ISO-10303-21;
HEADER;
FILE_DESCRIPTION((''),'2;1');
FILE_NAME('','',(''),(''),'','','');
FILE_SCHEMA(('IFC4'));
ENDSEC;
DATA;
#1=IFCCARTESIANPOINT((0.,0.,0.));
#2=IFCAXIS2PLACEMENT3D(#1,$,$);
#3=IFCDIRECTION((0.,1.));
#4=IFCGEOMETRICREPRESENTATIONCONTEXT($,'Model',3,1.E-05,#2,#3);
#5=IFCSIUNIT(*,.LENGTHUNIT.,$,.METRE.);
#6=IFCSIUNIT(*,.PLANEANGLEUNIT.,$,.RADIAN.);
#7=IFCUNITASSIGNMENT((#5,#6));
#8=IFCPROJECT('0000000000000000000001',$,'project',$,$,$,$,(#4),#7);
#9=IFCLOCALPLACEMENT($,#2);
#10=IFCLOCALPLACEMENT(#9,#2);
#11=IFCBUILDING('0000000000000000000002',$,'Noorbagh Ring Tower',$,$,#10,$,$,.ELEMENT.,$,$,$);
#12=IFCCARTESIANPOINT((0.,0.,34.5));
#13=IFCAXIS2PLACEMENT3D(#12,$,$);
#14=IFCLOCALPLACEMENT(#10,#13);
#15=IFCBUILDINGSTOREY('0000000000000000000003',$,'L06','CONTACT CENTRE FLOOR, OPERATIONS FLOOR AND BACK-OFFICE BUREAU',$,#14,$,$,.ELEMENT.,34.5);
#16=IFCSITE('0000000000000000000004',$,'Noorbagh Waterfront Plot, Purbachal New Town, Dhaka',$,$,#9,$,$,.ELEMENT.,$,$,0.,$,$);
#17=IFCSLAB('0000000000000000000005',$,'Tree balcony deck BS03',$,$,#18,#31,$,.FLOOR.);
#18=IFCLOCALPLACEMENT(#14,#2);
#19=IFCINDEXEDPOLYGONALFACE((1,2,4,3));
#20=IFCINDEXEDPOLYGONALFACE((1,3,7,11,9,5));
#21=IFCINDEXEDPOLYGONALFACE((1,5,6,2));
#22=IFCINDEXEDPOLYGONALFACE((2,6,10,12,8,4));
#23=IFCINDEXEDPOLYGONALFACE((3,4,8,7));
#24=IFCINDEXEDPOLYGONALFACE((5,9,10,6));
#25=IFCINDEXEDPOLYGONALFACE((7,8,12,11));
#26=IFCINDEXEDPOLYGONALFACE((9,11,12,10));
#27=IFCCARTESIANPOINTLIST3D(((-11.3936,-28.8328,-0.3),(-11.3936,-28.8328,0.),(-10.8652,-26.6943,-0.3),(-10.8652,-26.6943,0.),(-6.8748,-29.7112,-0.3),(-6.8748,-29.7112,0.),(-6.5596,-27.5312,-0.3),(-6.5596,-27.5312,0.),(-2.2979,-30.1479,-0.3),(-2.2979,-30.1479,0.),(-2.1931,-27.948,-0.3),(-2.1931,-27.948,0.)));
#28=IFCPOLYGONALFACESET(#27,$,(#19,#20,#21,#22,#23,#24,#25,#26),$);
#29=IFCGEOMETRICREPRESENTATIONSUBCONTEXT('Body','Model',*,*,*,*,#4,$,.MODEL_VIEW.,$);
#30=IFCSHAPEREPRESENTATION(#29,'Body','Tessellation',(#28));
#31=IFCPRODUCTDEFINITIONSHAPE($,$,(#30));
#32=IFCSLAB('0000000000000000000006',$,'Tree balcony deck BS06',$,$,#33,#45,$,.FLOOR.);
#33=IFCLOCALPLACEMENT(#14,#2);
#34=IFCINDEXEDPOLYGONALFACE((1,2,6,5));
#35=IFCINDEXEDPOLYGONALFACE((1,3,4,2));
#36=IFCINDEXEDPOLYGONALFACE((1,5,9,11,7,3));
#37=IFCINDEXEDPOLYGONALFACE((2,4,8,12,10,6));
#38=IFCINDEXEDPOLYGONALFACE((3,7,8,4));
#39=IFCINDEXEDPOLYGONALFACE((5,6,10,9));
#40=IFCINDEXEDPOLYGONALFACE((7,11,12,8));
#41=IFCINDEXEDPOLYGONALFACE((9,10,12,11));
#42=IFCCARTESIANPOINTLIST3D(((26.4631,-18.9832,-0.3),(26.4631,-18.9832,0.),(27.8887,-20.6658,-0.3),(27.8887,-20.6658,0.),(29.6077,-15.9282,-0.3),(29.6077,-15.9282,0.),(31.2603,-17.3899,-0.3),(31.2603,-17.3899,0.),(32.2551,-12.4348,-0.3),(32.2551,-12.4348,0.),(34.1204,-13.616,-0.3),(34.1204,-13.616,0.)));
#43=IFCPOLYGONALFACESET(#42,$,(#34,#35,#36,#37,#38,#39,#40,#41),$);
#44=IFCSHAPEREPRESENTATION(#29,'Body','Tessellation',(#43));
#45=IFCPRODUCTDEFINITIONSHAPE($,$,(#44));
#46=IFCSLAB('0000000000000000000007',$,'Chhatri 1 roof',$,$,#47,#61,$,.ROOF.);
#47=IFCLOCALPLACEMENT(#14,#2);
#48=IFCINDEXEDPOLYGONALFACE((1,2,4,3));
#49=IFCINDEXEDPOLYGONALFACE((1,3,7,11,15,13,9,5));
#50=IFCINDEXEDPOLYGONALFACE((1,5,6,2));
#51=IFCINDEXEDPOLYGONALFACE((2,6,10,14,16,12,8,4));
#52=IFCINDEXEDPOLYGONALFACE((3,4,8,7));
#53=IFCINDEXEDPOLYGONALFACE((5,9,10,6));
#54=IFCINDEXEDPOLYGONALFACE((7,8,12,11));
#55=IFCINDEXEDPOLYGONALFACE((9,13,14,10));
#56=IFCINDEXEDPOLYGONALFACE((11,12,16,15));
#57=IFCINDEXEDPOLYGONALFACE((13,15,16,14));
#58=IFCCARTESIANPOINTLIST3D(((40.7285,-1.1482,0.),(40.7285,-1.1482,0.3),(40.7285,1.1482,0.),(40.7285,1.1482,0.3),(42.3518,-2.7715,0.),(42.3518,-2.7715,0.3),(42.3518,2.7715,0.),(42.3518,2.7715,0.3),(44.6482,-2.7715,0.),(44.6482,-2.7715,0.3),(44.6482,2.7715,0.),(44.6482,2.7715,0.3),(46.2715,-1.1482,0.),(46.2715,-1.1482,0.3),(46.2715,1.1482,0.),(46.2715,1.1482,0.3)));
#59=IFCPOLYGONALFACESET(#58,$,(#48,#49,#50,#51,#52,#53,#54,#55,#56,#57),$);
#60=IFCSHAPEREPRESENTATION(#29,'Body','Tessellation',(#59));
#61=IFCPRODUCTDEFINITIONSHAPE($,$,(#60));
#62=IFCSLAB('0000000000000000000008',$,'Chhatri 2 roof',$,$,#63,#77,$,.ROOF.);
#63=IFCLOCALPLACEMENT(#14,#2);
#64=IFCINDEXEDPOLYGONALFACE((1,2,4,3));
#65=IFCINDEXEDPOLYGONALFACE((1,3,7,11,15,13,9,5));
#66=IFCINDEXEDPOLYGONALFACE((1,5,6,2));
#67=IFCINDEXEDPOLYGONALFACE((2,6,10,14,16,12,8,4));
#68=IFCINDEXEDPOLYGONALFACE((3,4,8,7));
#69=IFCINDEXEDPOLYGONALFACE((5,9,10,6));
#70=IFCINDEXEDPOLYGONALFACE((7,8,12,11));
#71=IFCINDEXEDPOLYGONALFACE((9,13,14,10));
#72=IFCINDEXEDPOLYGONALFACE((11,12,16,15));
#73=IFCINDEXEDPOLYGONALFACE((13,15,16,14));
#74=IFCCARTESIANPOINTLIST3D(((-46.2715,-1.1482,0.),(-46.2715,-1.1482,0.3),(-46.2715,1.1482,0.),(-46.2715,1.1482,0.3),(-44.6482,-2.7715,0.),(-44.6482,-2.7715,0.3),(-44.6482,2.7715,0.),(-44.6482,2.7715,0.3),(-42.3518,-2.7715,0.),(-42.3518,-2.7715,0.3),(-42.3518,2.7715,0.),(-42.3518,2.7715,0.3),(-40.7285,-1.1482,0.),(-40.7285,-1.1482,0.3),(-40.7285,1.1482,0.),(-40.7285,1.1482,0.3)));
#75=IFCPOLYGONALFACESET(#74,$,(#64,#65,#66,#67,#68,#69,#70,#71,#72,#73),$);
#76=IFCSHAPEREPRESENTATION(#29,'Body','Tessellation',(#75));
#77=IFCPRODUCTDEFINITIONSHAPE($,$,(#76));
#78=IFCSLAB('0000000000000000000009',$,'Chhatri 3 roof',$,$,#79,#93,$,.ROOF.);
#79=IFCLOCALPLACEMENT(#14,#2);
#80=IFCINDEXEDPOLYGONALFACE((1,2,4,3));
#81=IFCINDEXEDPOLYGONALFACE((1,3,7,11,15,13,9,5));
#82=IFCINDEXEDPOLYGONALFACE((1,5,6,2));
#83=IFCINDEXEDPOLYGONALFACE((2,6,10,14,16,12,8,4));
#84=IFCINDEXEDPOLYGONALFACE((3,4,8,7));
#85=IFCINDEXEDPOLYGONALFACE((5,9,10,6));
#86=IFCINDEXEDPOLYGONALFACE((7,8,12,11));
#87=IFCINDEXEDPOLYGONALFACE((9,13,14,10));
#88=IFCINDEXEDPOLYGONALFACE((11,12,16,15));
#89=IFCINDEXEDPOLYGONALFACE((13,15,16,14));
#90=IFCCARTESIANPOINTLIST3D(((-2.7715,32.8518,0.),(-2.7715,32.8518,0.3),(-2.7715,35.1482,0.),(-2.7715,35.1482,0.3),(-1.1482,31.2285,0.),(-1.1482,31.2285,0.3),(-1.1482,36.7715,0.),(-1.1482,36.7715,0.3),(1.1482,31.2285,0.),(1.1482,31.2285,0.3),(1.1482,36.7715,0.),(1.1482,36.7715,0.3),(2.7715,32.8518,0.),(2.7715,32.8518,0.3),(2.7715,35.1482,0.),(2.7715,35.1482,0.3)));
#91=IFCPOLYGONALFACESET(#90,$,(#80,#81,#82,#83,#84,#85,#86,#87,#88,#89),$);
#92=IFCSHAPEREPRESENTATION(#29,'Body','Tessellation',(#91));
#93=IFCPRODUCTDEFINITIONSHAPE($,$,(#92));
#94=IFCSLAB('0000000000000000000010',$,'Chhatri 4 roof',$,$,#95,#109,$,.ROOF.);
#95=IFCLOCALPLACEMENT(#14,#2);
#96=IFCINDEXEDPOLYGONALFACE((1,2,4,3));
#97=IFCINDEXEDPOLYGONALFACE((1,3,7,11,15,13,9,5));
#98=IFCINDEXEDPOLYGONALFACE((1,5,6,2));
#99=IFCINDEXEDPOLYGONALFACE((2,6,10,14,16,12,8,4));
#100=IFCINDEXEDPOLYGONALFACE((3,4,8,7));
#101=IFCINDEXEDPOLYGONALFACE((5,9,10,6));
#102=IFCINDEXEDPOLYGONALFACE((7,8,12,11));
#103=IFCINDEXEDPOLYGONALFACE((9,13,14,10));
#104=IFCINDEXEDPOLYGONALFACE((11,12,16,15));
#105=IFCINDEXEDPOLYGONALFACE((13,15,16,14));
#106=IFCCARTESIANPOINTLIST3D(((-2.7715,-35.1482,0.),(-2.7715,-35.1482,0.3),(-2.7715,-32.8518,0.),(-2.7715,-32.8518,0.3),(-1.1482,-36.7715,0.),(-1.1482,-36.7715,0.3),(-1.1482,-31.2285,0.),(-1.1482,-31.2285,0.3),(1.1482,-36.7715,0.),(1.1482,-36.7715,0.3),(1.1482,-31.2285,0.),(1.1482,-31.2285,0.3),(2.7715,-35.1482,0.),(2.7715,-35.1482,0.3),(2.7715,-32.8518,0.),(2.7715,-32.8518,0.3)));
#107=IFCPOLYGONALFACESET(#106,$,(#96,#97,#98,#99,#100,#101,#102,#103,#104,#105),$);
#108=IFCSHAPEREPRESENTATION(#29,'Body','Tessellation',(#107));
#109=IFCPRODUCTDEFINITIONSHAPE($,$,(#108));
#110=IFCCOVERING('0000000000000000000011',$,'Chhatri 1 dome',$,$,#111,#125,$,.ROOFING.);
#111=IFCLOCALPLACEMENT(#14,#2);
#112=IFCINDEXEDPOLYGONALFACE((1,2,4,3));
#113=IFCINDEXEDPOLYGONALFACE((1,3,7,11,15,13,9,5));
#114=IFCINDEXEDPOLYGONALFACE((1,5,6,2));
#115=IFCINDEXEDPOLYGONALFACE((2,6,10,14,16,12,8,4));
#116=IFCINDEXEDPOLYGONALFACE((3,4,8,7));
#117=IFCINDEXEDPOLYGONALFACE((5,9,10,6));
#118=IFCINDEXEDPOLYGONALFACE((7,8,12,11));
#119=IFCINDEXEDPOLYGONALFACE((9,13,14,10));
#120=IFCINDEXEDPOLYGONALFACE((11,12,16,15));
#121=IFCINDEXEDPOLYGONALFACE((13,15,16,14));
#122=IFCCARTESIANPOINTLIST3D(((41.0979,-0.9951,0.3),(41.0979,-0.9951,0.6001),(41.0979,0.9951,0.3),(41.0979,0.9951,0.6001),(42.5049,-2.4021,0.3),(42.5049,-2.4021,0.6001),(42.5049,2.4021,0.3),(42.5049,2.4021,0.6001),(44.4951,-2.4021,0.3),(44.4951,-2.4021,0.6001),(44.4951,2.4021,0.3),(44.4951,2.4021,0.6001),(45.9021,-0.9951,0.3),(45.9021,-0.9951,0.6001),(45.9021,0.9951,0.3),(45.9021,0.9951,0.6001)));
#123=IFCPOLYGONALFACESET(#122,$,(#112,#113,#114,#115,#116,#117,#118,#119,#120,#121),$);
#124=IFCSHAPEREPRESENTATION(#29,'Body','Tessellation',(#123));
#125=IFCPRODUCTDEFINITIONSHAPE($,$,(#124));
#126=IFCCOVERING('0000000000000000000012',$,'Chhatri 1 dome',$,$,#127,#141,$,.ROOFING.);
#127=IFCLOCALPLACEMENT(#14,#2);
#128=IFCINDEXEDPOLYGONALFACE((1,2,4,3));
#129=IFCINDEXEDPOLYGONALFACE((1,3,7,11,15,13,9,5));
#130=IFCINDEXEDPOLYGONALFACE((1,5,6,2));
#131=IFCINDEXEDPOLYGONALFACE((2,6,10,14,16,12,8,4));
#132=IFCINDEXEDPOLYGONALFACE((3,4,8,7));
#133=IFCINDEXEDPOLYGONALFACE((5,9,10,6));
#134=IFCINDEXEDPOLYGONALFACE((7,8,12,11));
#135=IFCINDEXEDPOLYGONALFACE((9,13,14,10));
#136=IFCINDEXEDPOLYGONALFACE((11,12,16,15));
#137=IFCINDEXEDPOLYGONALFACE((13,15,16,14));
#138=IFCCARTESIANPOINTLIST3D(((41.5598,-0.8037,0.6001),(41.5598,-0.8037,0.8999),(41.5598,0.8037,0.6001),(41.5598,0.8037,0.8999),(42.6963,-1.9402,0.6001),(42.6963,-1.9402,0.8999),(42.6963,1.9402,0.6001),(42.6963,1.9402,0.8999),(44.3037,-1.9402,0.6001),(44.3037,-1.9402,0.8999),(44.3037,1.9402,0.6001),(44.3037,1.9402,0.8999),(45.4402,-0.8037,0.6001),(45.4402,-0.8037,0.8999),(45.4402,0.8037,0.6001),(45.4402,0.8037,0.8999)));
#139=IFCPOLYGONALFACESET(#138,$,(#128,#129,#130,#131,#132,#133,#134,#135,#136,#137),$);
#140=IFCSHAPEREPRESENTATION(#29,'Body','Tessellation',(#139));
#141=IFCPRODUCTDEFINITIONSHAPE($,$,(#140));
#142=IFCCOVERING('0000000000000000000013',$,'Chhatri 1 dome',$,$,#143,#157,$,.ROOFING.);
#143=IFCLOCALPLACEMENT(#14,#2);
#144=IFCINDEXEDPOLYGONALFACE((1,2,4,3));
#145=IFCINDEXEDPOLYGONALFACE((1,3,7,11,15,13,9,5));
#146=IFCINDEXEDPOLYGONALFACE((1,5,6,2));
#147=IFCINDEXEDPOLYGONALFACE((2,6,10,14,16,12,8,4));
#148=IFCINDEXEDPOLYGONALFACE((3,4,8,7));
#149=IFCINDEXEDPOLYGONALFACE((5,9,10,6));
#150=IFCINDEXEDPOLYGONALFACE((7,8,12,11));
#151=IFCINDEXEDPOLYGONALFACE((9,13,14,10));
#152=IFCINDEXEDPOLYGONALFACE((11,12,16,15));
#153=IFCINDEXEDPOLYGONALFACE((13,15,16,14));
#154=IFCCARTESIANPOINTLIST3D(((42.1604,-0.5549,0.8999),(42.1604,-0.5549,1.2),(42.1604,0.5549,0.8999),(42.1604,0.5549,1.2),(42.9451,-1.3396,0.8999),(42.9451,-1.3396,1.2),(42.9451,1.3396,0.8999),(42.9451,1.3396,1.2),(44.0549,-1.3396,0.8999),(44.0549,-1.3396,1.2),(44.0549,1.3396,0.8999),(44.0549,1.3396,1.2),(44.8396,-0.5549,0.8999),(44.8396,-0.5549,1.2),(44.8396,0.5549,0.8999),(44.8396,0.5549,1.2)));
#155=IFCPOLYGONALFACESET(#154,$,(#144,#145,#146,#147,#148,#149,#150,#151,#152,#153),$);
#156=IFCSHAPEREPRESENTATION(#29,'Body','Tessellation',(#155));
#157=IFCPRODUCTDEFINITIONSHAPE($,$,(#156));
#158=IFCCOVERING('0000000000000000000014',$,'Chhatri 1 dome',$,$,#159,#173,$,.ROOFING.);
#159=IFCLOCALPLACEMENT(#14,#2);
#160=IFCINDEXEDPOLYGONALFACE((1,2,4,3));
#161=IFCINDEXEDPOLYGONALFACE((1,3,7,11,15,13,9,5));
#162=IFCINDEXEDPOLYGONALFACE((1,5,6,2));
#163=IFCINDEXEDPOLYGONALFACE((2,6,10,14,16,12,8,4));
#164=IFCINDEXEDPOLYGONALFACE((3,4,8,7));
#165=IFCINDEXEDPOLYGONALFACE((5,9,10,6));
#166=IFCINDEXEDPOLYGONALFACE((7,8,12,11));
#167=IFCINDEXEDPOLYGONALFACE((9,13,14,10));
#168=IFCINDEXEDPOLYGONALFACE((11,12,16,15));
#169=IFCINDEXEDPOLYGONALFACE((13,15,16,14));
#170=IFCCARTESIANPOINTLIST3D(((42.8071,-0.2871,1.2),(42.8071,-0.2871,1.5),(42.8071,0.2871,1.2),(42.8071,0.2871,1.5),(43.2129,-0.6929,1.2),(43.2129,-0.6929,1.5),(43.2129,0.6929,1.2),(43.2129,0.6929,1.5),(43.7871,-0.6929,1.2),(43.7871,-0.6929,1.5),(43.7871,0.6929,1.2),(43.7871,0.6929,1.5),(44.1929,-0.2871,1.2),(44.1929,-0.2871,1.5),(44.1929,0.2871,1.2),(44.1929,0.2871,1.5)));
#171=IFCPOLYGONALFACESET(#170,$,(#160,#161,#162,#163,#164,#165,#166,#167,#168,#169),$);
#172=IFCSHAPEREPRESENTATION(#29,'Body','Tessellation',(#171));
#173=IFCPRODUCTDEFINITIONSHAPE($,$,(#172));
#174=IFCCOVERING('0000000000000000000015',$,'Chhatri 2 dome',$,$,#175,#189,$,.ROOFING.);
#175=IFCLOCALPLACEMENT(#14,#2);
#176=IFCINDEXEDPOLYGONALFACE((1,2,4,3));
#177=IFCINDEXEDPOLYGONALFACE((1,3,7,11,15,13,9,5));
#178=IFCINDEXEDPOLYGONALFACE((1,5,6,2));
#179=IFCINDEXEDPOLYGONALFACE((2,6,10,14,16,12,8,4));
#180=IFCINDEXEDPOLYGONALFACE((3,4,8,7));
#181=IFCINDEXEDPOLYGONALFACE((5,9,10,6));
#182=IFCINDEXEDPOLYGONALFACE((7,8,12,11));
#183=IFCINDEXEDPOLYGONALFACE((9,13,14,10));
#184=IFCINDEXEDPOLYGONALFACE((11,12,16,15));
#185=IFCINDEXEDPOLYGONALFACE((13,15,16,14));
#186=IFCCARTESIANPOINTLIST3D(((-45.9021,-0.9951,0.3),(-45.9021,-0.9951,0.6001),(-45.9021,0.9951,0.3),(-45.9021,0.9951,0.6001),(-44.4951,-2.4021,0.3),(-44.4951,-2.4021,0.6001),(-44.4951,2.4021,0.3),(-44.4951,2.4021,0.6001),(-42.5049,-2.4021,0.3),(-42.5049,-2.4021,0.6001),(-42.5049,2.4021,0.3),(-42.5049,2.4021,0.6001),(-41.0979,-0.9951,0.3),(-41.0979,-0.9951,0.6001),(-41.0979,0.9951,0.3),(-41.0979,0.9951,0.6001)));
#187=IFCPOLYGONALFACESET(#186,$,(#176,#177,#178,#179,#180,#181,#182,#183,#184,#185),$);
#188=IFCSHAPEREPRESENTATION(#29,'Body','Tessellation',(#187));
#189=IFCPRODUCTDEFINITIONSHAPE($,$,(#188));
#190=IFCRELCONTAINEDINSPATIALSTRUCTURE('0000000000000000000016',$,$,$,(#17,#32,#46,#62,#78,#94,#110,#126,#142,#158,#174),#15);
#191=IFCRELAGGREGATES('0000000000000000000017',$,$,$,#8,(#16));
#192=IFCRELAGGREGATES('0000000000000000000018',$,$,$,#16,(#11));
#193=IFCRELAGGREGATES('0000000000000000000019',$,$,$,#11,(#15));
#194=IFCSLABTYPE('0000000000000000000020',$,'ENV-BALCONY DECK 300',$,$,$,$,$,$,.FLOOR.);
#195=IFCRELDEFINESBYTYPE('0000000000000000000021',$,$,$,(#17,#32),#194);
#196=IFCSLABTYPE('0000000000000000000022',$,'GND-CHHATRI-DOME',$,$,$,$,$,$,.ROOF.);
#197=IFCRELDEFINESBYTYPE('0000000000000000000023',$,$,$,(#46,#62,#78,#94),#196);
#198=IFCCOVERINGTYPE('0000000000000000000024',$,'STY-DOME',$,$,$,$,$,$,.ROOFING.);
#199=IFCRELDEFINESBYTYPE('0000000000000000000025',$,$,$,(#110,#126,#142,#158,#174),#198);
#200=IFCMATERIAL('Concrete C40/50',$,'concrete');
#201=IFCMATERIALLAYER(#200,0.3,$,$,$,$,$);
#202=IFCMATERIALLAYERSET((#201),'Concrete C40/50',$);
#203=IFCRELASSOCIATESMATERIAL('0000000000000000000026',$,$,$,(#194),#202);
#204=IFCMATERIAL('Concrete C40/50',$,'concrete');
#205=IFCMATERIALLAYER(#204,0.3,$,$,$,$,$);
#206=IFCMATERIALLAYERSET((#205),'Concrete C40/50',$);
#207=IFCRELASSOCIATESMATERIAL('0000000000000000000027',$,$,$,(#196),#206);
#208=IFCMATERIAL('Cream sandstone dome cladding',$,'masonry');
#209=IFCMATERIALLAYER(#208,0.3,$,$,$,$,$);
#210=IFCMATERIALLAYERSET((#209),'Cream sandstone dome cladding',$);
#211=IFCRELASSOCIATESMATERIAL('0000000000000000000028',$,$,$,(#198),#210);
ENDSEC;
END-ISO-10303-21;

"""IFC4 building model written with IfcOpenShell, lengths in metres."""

from ifc_helpers import new_model, si_unit, direction, frame, origin, place, context, subcontext, project, spatial, polyline, outline, extrude, material, layer, layer_set, type_object, element, save


model = new_model("IFC4")

# Units and contexts
model_context = context("Model", 3, precision=1e-05, world=origin(), true_north=direction((0.0, 1.0)))
body_context = subcontext(model_context, "Body", "Model", "MODEL_VIEW")
ifc_project = project(units=[si_unit("LENGTHUNIT", "METRE"), si_unit("PLANEANGLEUNIT", "RADIAN")], contexts=[model_context])

# Site, building, storey
site_placement = place(None, origin())
site = spatial("IfcSite", under=ifc_project, at=site_placement, Name="Noorbagh Waterfront Plot, Purbachal New Town, Dhaka", CompositionType="ELEMENT", RefElevation=0.0)
building_placement = place(site_placement, origin())
building = spatial("IfcBuilding", under=site, at=building_placement, Name="Noorbagh Ring Tower", CompositionType="ELEMENT")
storey_placement = place(building_placement, frame((0.0, 0.0, 34.5)))
storey = spatial("IfcBuildingStorey", under=building, at=storey_placement, Name="L06", Description="CONTACT CENTRE FLOOR, OPERATIONS FLOOR AND BACK-OFFICE BUREAU", CompositionType="ELEMENT", Elevation=34.5)

# Slabs
ifc_material_1 = material(Name="Concrete C40/50", Category="concrete")
ifc_layer_1 = layer(ifc_material_1, 0.3)
ifc_layer_set_1 = layer_set([ifc_layer_1], Name="Concrete C40/50")
slab_type_1 = type_object("IfcSlabType", Name="ENV-BALCONY DECK 300", PredefinedType="FLOOR", material=ifc_layer_set_1)
slab_1_placement = place(storey_placement, frame((0.0, 0.0, -0.3)))
element("IfcSlab", 1, at=slab_1_placement, inside=storey, type_object=slab_type_1, Name="Tree balcony deck BS03", PredefinedType="FLOOR", context=body_context, shape_type="SweptSolid", body=[
    extrude(outline(polyline([(-11.3936, -28.8328), (-6.8748, -29.7112), (-2.2979, -30.1479), (-2.1931, -27.948), (-6.5596, -27.5312), (-10.8652, -26.6943), (-11.3936, -28.8328)])), origin(), (0.0, 0.0, 1.0), 0.3),
])
slab_2_placement = place(storey_placement, frame((0.0, 0.0, -0.3)))
element("IfcSlab", 2, at=slab_2_placement, inside=storey, type_object=slab_type_1, Name="Tree balcony deck BS06", PredefinedType="FLOOR", context=body_context, shape_type="SweptSolid", body=[
    extrude(outline(polyline([(27.8887, -20.6658), (31.2603, -17.3899), (34.1204, -13.616), (32.2551, -12.4348), (29.6077, -15.9282), (26.4631, -18.9832), (27.8887, -20.6658)])), origin(), (0.0, 0.0, 1.0), 0.3),
])
ifc_material_2 = material(Name="Concrete C40/50", Category="concrete")
ifc_layer_2 = layer(ifc_material_2, 0.3)
ifc_layer_set_2 = layer_set([ifc_layer_2], Name="Concrete C40/50")
slab_type_2 = type_object("IfcSlabType", Name="GND-CHHATRI-DOME", PredefinedType="ROOF", material=ifc_layer_set_2)
slab_3_placement = place(storey_placement, origin())
element("IfcSlab", 3, at=slab_3_placement, inside=storey, type_object=slab_type_2, Name="Chhatri 1 roof", PredefinedType="ROOF", context=body_context, shape_type="SweptSolid", body=[
    extrude(outline(polyline([(46.2715, 1.1482), (44.6482, 2.7715), (42.3518, 2.7715), (40.7285, 1.1482), (40.7285, -1.1482), (42.3518, -2.7715), (44.6482, -2.7715), (46.2715, -1.1482), (46.2715, 1.1482)])), origin(), (0.0, 0.0, 1.0), 0.3),
])
slab_4_placement = place(storey_placement, origin())
element("IfcSlab", 4, at=slab_4_placement, inside=storey, type_object=slab_type_2, Name="Chhatri 2 roof", PredefinedType="ROOF", context=body_context, shape_type="SweptSolid", body=[
    extrude(outline(polyline([(-40.7285, 1.1482), (-42.3518, 2.7715), (-44.6482, 2.7715), (-46.2715, 1.1482), (-46.2715, -1.1482), (-44.6482, -2.7715), (-42.3518, -2.7715), (-40.7285, -1.1482), (-40.7285, 1.1482)])), origin(), (0.0, 0.0, 1.0), 0.3),
])
slab_5_placement = place(storey_placement, origin())
element("IfcSlab", 5, at=slab_5_placement, inside=storey, type_object=slab_type_2, Name="Chhatri 3 roof", PredefinedType="ROOF", context=body_context, shape_type="SweptSolid", body=[
    extrude(outline(polyline([(2.7715, 35.1482), (1.1482, 36.7715), (-1.1482, 36.7715), (-2.7715, 35.1482), (-2.7715, 32.8518), (-1.1482, 31.2285), (1.1482, 31.2285), (2.7715, 32.8518), (2.7715, 35.1482)])), origin(), (0.0, 0.0, 1.0), 0.3),
])
slab_6_placement = place(storey_placement, origin())
element("IfcSlab", 6, at=slab_6_placement, inside=storey, type_object=slab_type_2, Name="Chhatri 4 roof", PredefinedType="ROOF", context=body_context, shape_type="SweptSolid", body=[
    extrude(outline(polyline([(2.7715, -32.8518), (1.1482, -31.2285), (-1.1482, -31.2285), (-2.7715, -32.8518), (-2.7715, -35.1482), (-1.1482, -36.7715), (1.1482, -36.7715), (2.7715, -35.1482), (2.7715, -32.8518)])), origin(), (0.0, 0.0, 1.0), 0.3),
])

# Coverings
ifc_material_3 = material(Name="Cream sandstone dome cladding", Category="masonry")
ifc_layer_3 = layer(ifc_material_3, 0.3)
ifc_layer_set_3 = layer_set([ifc_layer_3], Name="Cream sandstone dome cladding")
covering_type = type_object("IfcCoveringType", Name="STY-DOME", PredefinedType="ROOFING", material=ifc_layer_set_3)
covering_1_placement = place(storey_placement, frame((0.0, 0.0, 0.3)))
element("IfcCovering", 7, at=covering_1_placement, inside=storey, type_object=covering_type, Name="Chhatri 1 dome", PredefinedType="ROOFING", context=body_context, shape_type="SweptSolid", body=[
    extrude(outline(polyline([(45.9021, 0.9951), (44.4951, 2.4021), (42.5049, 2.4021), (41.0979, 0.9951), (41.0979, -0.9951), (42.5049, -2.4021), (44.4951, -2.4021), (45.9021, -0.9951), (45.9021, 0.9951)])), origin(), (0.0, 0.0, 1.0), 0.3),
])
covering_2_placement = place(storey_placement, frame((0.0, 0.0, 0.6001)))
element("IfcCovering", 8, at=covering_2_placement, inside=storey, type_object=covering_type, Name="Chhatri 1 dome", PredefinedType="ROOFING", context=body_context, shape_type="SweptSolid", body=[
    extrude(outline(polyline([(45.4402, 0.8037), (44.3037, 1.9402), (42.6963, 1.9402), (41.5598, 0.8037), (41.5598, -0.8037), (42.6963, -1.9402), (44.3037, -1.9402), (45.4402, -0.8037), (45.4402, 0.8037)])), origin(), (0.0, 0.0, 1.0), 0.2998),
])
covering_3_placement = place(storey_placement, frame((0.0, 0.0, 0.8999)))
element("IfcCovering", 9, at=covering_3_placement, inside=storey, type_object=covering_type, Name="Chhatri 1 dome", PredefinedType="ROOFING", context=body_context, shape_type="SweptSolid", body=[
    extrude(outline(polyline([(44.8396, 0.5549), (44.0549, 1.3396), (42.9451, 1.3396), (42.1604, 0.5549), (42.1604, -0.5549), (42.9451, -1.3396), (44.0549, -1.3396), (44.8396, -0.5549), (44.8396, 0.5549)])), origin(), (0.0, 0.0, 1.0), 0.3),
])
covering_4_placement = place(storey_placement, frame((0.0, 0.0, 1.2)))
element("IfcCovering", 10, at=covering_4_placement, inside=storey, type_object=covering_type, Name="Chhatri 1 dome", PredefinedType="ROOFING", context=body_context, shape_type="SweptSolid", body=[
    extrude(outline(polyline([(44.1929, 0.2871), (43.7871, 0.6929), (43.2129, 0.6929), (42.8071, 0.2871), (42.8071, -0.2871), (43.2129, -0.6929), (43.7871, -0.6929), (44.1929, -0.2871), (44.1929, 0.2871)])), origin(), (0.0, 0.0, 1.0), 0.3),
])
covering_5_placement = place(storey_placement, frame((0.0, 0.0, 0.3)))
element("IfcCovering", 11, at=covering_5_placement, inside=storey, type_object=covering_type, Name="Chhatri 2 dome", PredefinedType="ROOFING", context=body_context, shape_type="SweptSolid", body=[
    extrude(outline(polyline([(-41.0979, 0.9951), (-42.5049, 2.4021), (-44.4951, 2.4021), (-45.9021, 0.9951), (-45.9021, -0.9951), (-44.4951, -2.4021), (-42.5049, -2.4021), (-41.0979, -0.9951), (-41.0979, 0.9951)])), origin(), (0.0, 0.0, 1.0), 0.3),
])

save(model, "model.ifc")
